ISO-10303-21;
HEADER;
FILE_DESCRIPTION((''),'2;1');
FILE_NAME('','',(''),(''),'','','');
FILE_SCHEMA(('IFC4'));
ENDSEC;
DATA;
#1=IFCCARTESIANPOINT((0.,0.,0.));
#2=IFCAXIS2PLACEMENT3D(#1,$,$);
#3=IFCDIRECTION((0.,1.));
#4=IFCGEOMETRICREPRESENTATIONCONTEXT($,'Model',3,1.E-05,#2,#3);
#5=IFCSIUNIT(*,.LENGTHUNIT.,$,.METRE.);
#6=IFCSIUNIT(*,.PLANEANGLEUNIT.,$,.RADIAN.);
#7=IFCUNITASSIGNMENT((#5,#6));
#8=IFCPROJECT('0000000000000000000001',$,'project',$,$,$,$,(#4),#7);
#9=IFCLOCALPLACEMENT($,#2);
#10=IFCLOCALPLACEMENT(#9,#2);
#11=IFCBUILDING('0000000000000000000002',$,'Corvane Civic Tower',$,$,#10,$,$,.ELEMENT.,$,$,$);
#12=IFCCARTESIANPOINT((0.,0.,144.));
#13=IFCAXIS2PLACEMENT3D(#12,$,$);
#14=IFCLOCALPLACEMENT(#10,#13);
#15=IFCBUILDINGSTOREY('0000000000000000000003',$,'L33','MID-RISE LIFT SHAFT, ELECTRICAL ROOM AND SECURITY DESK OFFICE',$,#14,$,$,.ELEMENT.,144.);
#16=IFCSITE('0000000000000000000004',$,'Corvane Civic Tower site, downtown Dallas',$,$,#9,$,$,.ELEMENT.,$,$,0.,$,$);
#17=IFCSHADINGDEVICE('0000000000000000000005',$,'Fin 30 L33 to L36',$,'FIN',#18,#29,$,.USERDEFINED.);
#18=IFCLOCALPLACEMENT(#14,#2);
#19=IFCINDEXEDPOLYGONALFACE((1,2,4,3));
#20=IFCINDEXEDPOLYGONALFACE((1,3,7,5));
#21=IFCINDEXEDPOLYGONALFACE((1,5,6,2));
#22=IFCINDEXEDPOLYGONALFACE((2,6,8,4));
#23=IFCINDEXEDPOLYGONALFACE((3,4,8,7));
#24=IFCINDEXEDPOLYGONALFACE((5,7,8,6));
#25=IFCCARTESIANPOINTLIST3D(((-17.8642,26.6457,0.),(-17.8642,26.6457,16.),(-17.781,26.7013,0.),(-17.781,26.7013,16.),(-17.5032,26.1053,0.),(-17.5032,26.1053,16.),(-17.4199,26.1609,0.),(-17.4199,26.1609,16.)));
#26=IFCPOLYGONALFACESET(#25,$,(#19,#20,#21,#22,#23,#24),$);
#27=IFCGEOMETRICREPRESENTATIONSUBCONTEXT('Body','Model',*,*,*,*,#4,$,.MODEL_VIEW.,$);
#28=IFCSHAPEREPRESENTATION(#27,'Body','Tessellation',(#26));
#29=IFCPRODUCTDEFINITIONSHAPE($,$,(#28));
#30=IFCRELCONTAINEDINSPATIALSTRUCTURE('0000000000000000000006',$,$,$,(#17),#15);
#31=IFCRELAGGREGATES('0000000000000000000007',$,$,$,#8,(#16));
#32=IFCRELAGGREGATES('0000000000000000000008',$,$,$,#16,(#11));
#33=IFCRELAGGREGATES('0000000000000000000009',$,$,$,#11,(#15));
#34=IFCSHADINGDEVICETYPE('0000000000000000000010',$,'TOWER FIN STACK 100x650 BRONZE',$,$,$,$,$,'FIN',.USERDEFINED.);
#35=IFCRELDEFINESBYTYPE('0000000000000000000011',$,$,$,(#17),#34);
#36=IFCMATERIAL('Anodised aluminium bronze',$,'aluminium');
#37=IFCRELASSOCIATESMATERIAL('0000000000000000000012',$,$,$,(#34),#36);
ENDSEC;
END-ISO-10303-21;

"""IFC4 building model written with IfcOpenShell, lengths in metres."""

from ifc_helpers import new_model, si_unit, direction, frame, origin, origin_2d, place, context, subcontext, project, spatial, rectangle, extrude, material, material_profile, profile_set, type_object, element, save


model = new_model("IFC4")

# Units and contexts
model_context = context("Model", 3, precision=1e-05, world=origin(), true_north=direction((0.0, 1.0)))
body_context = subcontext(model_context, "Body", "Model", "MODEL_VIEW")
ifc_project = project(units=[si_unit("LENGTHUNIT", "METRE"), si_unit("PLANEANGLEUNIT", "RADIAN")], contexts=[model_context])

# Site, building, storey
site_placement = place(None, origin())
site = spatial("IfcSite", under=ifc_project, at=site_placement, Name="Corvane Civic Tower site, downtown Dallas", CompositionType="ELEMENT", RefElevation=0.0)
building_placement = place(site_placement, origin())
building = spatial("IfcBuilding", under=site, at=building_placement, Name="Corvane Civic Tower", CompositionType="ELEMENT")
storey_placement = place(building_placement, frame((0.0, 0.0, 144.0)))
storey = spatial("IfcBuildingStorey", under=building, at=storey_placement, Name="L33", Description="MID-RISE LIFT SHAFT, ELECTRICAL ROOM AND SECURITY DESK OFFICE", CompositionType="ELEMENT", Elevation=144.0)

# Shading device
ifc_material_1 = material(Name="Anodised aluminium bronze", Category="aluminium")
ifc_material_profile_1 = material_profile(ifc_material_1, rectangle(XDim=0.1001, YDim=0.6499, at=origin_2d()), Name="TOWER FIN STACK 100x650 BRONZE")
ifc_profile_set_1 = profile_set([ifc_material_profile_1], Name="Anodised aluminium bronze")
shading_device_type = type_object("IfcShadingDeviceType", Name="TOWER FIN STACK 100x650 BRONZE", ElementType="FIN", PredefinedType="USERDEFINED", material=ifc_profile_set_1)
for number, where, z_axis, x_axis, name in (
    (1, (-17.6421, 26.4033, 0.0), (0.0, 0.0, 1.0), (0.83147, 0.55557, 0.0), "Fin 30 L33 to L36"),
):
    element("IfcShadingDevice", number, at=place(storey_placement, frame(where, z_axis=z_axis, x_axis=x_axis)), inside=storey, type_object=shading_device_type, Name=name, ObjectType="FIN", PredefinedType="USERDEFINED", context=body_context, shape_type="SweptSolid", body=[
        extrude(rectangle(XDim=0.1001, YDim=0.6499, at=origin_2d()), origin(), (0.0, 0.0, 1.0), 16.0),
    ])

save(model, "model.ifc")
